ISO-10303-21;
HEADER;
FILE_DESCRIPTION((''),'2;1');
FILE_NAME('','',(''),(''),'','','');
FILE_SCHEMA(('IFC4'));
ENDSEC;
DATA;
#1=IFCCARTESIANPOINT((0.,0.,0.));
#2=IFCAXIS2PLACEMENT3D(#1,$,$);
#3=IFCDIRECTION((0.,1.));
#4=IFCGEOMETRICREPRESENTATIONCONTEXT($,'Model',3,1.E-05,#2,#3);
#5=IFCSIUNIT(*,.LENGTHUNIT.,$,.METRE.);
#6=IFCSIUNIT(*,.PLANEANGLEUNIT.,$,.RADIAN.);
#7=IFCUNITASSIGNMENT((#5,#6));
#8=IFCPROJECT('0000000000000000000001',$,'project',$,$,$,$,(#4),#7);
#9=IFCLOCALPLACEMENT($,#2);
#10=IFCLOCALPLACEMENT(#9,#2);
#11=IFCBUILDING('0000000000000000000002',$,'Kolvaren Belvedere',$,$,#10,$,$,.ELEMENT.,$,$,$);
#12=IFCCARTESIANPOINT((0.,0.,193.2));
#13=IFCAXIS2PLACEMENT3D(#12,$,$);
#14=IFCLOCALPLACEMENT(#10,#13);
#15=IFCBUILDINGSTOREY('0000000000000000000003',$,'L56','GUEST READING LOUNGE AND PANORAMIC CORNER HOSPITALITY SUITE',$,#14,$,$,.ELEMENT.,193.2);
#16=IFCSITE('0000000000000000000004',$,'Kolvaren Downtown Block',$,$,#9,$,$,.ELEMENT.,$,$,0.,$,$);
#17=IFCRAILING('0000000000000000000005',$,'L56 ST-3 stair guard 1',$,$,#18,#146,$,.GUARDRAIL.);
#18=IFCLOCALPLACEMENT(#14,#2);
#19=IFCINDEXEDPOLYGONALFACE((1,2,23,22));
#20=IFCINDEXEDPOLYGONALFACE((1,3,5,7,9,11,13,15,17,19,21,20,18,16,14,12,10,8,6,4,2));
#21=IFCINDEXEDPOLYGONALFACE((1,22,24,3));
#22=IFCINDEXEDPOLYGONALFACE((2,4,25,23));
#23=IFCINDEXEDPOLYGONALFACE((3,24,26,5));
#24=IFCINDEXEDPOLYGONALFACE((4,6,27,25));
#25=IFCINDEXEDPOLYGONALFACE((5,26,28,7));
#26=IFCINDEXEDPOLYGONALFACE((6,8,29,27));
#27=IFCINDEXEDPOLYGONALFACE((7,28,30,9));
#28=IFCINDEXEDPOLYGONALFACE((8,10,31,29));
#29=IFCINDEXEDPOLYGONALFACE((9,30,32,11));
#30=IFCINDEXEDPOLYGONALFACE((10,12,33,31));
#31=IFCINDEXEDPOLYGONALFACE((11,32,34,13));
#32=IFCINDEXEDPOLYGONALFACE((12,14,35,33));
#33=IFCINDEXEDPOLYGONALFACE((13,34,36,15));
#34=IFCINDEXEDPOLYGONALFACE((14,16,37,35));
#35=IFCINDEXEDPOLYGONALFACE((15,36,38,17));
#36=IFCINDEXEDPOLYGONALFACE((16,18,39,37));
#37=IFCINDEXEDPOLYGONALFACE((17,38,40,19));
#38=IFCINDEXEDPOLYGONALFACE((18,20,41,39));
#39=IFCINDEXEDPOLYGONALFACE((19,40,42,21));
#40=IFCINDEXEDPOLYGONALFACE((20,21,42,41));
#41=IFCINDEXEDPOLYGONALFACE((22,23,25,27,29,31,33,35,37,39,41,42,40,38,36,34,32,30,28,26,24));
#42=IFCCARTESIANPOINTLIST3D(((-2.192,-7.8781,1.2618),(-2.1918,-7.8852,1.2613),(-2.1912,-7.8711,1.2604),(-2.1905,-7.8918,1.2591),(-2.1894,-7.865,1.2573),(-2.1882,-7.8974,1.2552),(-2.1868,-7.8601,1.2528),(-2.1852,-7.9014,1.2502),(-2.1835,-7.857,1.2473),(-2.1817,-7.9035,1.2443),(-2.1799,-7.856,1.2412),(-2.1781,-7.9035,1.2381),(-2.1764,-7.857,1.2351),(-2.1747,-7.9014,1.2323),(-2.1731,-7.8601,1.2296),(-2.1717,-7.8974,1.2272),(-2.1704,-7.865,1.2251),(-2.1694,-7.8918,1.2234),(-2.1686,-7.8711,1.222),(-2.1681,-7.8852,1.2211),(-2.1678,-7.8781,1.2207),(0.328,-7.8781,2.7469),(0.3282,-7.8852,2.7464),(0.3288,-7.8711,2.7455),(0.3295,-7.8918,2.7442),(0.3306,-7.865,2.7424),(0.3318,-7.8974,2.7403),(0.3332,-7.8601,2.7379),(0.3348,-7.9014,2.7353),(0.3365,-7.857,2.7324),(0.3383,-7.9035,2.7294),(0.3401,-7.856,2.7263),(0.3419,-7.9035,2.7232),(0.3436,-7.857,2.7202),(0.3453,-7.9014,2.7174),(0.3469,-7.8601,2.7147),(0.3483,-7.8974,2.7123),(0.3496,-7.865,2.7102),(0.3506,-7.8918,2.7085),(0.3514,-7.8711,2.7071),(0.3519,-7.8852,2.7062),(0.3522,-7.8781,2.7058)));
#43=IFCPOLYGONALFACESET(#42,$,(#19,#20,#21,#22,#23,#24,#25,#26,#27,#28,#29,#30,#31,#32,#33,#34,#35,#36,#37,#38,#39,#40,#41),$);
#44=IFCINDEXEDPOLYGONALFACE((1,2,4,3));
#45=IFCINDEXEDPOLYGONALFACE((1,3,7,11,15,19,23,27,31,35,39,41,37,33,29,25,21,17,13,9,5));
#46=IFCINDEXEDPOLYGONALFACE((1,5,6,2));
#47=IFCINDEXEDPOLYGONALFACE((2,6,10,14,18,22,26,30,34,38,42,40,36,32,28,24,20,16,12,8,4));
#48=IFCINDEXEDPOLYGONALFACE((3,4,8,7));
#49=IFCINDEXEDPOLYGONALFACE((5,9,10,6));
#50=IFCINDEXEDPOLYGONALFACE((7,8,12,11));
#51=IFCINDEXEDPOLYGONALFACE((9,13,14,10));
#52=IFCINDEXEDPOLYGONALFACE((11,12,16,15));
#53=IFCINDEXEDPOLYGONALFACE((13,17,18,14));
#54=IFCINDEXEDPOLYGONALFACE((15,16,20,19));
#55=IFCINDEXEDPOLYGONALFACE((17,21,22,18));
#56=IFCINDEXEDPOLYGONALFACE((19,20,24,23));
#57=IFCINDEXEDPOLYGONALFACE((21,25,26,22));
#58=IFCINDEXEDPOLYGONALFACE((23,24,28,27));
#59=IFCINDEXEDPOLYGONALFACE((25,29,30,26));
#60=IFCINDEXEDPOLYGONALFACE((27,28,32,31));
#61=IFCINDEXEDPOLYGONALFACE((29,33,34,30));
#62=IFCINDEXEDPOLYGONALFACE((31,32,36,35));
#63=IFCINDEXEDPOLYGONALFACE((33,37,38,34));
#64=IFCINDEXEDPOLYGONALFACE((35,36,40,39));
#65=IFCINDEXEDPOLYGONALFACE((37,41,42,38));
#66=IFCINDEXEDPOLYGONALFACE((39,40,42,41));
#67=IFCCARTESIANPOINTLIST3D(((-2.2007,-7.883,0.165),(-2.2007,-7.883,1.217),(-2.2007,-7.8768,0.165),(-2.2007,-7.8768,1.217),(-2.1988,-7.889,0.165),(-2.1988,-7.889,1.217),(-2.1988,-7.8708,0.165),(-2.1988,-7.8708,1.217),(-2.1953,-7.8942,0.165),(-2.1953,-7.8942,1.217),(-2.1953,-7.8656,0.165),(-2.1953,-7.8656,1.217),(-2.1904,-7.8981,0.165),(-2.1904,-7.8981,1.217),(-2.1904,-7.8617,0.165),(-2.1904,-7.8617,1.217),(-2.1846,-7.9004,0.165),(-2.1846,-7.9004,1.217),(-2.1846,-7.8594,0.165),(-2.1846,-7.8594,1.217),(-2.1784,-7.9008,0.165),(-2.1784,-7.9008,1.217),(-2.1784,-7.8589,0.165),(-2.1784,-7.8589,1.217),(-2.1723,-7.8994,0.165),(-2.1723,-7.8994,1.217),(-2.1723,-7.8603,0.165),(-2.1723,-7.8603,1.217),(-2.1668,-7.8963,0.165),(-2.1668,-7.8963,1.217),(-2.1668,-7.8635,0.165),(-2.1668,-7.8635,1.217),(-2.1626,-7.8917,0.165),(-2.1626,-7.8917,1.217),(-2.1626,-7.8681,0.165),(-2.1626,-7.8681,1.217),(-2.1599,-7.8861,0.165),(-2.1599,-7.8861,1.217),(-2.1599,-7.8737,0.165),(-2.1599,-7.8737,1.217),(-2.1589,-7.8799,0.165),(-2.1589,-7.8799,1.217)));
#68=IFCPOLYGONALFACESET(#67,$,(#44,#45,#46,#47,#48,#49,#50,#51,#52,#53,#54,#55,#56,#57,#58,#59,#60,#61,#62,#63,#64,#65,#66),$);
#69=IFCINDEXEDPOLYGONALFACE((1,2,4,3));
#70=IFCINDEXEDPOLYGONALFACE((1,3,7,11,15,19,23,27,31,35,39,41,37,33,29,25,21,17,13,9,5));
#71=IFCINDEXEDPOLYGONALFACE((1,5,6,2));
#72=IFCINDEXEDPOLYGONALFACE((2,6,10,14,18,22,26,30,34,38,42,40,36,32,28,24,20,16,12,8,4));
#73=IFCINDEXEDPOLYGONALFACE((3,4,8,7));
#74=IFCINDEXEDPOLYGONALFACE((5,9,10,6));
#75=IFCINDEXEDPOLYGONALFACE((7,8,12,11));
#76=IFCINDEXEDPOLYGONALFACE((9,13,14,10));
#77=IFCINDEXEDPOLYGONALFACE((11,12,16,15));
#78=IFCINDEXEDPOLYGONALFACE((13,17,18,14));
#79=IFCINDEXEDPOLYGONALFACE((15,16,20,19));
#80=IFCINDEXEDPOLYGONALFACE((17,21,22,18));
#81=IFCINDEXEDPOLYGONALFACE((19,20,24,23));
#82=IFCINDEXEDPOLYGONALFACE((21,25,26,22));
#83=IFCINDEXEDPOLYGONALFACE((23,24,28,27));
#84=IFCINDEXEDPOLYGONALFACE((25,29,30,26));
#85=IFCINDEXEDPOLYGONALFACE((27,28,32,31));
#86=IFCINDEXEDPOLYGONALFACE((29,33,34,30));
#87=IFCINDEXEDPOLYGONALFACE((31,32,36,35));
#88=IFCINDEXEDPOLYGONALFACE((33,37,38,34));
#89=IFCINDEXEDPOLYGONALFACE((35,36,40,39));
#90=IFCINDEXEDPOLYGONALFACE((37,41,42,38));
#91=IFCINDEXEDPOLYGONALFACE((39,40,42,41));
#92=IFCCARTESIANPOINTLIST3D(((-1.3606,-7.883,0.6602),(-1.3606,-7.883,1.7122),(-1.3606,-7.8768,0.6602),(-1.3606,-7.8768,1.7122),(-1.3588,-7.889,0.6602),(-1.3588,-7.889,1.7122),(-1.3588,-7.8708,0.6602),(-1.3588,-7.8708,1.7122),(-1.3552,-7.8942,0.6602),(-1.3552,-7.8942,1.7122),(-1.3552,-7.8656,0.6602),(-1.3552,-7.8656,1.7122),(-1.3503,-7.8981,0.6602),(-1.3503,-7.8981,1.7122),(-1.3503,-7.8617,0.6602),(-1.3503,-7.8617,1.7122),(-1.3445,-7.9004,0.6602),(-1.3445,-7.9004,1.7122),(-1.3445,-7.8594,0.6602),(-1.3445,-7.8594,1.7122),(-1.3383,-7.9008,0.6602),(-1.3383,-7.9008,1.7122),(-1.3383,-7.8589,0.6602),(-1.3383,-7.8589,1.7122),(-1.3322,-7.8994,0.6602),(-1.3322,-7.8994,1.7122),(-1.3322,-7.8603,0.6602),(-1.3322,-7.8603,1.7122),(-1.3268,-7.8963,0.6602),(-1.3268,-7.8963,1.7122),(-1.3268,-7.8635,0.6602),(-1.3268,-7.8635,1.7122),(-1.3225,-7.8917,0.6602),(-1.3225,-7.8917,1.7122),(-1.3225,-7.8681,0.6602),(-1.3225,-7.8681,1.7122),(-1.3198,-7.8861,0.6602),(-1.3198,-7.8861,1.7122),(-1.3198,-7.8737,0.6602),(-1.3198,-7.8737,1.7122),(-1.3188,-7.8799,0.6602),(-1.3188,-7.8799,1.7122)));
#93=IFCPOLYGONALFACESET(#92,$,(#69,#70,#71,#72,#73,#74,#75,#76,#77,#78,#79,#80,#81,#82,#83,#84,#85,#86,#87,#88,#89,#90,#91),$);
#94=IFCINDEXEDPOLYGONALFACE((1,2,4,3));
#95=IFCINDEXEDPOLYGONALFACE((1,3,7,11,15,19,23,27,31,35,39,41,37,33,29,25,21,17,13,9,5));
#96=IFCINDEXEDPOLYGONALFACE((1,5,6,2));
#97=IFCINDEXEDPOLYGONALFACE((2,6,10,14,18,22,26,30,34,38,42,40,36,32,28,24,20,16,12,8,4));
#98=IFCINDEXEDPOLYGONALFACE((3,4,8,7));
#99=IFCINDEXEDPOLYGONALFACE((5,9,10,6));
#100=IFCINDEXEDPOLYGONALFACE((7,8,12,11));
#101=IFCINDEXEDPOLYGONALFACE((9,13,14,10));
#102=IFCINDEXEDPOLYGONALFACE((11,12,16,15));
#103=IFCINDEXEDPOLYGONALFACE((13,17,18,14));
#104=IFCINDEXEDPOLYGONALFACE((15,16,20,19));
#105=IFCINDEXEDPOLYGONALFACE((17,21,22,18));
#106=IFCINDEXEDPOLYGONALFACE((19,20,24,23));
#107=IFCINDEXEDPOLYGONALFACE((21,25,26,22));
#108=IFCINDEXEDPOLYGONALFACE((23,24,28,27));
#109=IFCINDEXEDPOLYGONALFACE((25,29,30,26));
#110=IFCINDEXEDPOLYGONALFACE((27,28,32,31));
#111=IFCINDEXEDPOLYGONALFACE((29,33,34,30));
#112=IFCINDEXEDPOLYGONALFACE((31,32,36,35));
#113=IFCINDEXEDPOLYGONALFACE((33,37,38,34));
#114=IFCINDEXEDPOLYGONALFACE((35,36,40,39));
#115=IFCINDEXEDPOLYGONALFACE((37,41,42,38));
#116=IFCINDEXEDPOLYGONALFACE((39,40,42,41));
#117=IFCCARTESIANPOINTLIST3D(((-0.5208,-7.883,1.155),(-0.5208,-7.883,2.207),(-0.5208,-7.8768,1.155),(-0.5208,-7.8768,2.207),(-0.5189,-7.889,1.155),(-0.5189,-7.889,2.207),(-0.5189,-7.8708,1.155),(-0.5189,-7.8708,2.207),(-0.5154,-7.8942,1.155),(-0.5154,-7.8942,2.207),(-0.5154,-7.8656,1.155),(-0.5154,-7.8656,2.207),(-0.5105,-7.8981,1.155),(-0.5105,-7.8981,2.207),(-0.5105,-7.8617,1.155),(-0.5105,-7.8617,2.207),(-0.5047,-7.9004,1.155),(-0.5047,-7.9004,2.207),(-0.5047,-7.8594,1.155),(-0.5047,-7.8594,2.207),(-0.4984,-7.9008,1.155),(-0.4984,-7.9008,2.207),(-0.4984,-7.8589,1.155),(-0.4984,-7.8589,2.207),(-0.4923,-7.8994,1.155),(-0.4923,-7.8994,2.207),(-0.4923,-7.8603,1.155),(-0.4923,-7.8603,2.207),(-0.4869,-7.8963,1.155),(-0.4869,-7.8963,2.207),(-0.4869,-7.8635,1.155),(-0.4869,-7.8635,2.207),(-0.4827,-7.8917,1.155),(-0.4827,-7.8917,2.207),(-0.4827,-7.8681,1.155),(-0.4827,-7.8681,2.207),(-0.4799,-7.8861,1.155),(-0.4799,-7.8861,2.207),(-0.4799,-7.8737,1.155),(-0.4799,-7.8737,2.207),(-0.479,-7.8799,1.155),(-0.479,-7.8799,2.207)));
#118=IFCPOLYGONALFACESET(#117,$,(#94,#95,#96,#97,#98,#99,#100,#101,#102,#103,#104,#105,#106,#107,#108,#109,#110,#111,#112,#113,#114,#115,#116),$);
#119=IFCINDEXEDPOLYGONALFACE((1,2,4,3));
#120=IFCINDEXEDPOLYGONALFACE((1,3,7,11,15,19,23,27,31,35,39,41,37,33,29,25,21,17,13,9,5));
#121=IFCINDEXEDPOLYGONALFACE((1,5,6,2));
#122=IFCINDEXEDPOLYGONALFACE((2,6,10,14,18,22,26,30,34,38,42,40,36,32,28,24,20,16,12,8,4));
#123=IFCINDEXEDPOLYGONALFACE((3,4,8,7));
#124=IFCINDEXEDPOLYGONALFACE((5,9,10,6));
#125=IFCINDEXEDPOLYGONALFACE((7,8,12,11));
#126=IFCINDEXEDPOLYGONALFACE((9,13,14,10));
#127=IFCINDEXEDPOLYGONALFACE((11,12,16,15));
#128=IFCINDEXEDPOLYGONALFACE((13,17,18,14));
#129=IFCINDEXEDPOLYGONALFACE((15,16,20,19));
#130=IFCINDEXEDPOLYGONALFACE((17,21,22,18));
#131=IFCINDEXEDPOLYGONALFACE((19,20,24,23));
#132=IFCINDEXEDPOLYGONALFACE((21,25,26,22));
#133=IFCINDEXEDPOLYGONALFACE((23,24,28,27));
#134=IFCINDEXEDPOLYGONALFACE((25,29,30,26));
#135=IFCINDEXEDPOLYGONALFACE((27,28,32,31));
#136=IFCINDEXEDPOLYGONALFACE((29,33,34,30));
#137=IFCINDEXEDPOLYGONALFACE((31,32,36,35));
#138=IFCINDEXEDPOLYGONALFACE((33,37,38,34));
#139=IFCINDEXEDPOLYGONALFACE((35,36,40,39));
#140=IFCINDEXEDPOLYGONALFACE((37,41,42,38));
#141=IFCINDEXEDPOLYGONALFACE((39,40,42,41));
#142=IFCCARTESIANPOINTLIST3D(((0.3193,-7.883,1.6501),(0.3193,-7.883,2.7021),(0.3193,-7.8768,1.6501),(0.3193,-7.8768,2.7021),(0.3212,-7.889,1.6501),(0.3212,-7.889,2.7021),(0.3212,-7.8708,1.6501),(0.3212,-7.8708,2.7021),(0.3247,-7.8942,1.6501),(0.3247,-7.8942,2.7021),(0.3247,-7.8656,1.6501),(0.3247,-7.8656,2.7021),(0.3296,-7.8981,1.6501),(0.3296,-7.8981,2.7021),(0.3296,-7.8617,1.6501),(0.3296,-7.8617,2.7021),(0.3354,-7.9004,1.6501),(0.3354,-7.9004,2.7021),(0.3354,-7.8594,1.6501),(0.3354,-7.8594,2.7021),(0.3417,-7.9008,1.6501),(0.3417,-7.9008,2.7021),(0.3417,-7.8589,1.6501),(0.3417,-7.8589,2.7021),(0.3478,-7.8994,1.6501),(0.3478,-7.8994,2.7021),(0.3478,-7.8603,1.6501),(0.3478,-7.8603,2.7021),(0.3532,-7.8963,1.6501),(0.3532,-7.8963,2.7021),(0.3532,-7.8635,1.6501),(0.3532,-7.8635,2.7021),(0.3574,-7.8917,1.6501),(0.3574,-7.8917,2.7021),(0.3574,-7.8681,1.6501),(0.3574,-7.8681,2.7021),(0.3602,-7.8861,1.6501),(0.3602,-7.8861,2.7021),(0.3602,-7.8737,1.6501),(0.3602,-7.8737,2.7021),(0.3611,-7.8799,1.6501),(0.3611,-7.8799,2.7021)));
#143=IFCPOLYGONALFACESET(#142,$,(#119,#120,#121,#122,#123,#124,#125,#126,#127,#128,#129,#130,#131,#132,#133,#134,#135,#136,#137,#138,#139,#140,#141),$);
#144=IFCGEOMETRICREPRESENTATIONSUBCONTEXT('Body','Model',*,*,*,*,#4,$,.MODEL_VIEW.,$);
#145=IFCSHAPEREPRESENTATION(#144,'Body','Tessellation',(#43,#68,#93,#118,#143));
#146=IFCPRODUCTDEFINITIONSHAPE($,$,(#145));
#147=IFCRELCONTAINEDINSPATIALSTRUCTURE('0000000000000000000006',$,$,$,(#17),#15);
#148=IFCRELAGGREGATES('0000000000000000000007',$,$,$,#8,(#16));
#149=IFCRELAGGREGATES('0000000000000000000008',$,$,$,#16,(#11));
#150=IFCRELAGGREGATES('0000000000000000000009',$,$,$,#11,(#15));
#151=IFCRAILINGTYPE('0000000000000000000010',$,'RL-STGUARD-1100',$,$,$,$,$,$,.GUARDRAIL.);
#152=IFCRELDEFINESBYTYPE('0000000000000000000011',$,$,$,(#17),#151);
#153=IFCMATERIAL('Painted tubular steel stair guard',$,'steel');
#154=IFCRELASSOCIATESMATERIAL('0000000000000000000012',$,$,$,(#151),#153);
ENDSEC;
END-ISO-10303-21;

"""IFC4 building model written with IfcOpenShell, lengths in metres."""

from ifc_helpers import new_model, si_unit, direction, frame, origin, origin_2d, place, context, subcontext, project, spatial, circle, extrude, material, type_object, element, save


model = new_model("IFC4")

# Units and contexts
model_context = context("Model", 3, precision=1e-05, world=origin(), true_north=direction((0.0, 1.0)))
body_context = subcontext(model_context, "Body", "Model", "MODEL_VIEW")
ifc_project = project(units=[si_unit("LENGTHUNIT", "METRE"), si_unit("PLANEANGLEUNIT", "RADIAN")], contexts=[model_context])

# Site, building, storey
site_placement = place(None, origin())
site = spatial("IfcSite", under=ifc_project, at=site_placement, Name="Kolvaren Downtown Block", CompositionType="ELEMENT", RefElevation=0.0)
building_placement = place(site_placement, origin())
building = spatial("IfcBuilding", under=site, at=building_placement, Name="Kolvaren Belvedere", CompositionType="ELEMENT")
storey_placement = place(building_placement, frame((0.0, 0.0, 193.2)))
storey = spatial("IfcBuildingStorey", under=building, at=storey_placement, Name="L56", Description="GUEST READING LOUNGE AND PANORAMIC CORNER HOSPITALITY SUITE", CompositionType="ELEMENT", Elevation=193.2)

# Railing
ifc_material_1 = material(Name="Painted tubular steel stair guard", Category="steel")
railing_type_1 = type_object("IfcRailingType", Name="RL-STGUARD-1100", PredefinedType="GUARDRAIL", material=ifc_material_1)
railing_1_placement = place(storey_placement, frame((-2.1799, -7.8799, 0.165)))
element("IfcRailing", 1, at=railing_1_placement, inside=storey, type_object=railing_type_1, Name="L56 ST-3 stair guard 1", PredefinedType="GUARDRAIL", context=body_context, shape_type="SweptSolid", body=[
    extrude(circle(Radius=0.0239, at=origin_2d()), frame((0.0, 0.0, 1.0762), z_axis=(0.861524, 0.0, 0.507717), x_axis=(0.0, 1.0, 0.0)), (0.0, 0.0, 1.0), 2.925),
    extrude(circle(Radius=0.021, at=origin_2d()), origin(), (0.0, 0.0, 1.0), 1.052),
    extrude(circle(Radius=0.021, at=origin_2d()), frame((0.8401, 0.0, 0.4951)), (0.0, 0.0, 1.0), 1.052),
    extrude(circle(Radius=0.021, at=origin_2d()), frame((1.6799, 0.0, 0.99)), (0.0, 0.0, 1.0), 1.052),
    extrude(circle(Radius=0.021, at=origin_2d()), frame((2.52, 0.0, 1.4851)), (0.0, 0.0, 1.0), 1.052),
])

save(model, "model.ifc")
